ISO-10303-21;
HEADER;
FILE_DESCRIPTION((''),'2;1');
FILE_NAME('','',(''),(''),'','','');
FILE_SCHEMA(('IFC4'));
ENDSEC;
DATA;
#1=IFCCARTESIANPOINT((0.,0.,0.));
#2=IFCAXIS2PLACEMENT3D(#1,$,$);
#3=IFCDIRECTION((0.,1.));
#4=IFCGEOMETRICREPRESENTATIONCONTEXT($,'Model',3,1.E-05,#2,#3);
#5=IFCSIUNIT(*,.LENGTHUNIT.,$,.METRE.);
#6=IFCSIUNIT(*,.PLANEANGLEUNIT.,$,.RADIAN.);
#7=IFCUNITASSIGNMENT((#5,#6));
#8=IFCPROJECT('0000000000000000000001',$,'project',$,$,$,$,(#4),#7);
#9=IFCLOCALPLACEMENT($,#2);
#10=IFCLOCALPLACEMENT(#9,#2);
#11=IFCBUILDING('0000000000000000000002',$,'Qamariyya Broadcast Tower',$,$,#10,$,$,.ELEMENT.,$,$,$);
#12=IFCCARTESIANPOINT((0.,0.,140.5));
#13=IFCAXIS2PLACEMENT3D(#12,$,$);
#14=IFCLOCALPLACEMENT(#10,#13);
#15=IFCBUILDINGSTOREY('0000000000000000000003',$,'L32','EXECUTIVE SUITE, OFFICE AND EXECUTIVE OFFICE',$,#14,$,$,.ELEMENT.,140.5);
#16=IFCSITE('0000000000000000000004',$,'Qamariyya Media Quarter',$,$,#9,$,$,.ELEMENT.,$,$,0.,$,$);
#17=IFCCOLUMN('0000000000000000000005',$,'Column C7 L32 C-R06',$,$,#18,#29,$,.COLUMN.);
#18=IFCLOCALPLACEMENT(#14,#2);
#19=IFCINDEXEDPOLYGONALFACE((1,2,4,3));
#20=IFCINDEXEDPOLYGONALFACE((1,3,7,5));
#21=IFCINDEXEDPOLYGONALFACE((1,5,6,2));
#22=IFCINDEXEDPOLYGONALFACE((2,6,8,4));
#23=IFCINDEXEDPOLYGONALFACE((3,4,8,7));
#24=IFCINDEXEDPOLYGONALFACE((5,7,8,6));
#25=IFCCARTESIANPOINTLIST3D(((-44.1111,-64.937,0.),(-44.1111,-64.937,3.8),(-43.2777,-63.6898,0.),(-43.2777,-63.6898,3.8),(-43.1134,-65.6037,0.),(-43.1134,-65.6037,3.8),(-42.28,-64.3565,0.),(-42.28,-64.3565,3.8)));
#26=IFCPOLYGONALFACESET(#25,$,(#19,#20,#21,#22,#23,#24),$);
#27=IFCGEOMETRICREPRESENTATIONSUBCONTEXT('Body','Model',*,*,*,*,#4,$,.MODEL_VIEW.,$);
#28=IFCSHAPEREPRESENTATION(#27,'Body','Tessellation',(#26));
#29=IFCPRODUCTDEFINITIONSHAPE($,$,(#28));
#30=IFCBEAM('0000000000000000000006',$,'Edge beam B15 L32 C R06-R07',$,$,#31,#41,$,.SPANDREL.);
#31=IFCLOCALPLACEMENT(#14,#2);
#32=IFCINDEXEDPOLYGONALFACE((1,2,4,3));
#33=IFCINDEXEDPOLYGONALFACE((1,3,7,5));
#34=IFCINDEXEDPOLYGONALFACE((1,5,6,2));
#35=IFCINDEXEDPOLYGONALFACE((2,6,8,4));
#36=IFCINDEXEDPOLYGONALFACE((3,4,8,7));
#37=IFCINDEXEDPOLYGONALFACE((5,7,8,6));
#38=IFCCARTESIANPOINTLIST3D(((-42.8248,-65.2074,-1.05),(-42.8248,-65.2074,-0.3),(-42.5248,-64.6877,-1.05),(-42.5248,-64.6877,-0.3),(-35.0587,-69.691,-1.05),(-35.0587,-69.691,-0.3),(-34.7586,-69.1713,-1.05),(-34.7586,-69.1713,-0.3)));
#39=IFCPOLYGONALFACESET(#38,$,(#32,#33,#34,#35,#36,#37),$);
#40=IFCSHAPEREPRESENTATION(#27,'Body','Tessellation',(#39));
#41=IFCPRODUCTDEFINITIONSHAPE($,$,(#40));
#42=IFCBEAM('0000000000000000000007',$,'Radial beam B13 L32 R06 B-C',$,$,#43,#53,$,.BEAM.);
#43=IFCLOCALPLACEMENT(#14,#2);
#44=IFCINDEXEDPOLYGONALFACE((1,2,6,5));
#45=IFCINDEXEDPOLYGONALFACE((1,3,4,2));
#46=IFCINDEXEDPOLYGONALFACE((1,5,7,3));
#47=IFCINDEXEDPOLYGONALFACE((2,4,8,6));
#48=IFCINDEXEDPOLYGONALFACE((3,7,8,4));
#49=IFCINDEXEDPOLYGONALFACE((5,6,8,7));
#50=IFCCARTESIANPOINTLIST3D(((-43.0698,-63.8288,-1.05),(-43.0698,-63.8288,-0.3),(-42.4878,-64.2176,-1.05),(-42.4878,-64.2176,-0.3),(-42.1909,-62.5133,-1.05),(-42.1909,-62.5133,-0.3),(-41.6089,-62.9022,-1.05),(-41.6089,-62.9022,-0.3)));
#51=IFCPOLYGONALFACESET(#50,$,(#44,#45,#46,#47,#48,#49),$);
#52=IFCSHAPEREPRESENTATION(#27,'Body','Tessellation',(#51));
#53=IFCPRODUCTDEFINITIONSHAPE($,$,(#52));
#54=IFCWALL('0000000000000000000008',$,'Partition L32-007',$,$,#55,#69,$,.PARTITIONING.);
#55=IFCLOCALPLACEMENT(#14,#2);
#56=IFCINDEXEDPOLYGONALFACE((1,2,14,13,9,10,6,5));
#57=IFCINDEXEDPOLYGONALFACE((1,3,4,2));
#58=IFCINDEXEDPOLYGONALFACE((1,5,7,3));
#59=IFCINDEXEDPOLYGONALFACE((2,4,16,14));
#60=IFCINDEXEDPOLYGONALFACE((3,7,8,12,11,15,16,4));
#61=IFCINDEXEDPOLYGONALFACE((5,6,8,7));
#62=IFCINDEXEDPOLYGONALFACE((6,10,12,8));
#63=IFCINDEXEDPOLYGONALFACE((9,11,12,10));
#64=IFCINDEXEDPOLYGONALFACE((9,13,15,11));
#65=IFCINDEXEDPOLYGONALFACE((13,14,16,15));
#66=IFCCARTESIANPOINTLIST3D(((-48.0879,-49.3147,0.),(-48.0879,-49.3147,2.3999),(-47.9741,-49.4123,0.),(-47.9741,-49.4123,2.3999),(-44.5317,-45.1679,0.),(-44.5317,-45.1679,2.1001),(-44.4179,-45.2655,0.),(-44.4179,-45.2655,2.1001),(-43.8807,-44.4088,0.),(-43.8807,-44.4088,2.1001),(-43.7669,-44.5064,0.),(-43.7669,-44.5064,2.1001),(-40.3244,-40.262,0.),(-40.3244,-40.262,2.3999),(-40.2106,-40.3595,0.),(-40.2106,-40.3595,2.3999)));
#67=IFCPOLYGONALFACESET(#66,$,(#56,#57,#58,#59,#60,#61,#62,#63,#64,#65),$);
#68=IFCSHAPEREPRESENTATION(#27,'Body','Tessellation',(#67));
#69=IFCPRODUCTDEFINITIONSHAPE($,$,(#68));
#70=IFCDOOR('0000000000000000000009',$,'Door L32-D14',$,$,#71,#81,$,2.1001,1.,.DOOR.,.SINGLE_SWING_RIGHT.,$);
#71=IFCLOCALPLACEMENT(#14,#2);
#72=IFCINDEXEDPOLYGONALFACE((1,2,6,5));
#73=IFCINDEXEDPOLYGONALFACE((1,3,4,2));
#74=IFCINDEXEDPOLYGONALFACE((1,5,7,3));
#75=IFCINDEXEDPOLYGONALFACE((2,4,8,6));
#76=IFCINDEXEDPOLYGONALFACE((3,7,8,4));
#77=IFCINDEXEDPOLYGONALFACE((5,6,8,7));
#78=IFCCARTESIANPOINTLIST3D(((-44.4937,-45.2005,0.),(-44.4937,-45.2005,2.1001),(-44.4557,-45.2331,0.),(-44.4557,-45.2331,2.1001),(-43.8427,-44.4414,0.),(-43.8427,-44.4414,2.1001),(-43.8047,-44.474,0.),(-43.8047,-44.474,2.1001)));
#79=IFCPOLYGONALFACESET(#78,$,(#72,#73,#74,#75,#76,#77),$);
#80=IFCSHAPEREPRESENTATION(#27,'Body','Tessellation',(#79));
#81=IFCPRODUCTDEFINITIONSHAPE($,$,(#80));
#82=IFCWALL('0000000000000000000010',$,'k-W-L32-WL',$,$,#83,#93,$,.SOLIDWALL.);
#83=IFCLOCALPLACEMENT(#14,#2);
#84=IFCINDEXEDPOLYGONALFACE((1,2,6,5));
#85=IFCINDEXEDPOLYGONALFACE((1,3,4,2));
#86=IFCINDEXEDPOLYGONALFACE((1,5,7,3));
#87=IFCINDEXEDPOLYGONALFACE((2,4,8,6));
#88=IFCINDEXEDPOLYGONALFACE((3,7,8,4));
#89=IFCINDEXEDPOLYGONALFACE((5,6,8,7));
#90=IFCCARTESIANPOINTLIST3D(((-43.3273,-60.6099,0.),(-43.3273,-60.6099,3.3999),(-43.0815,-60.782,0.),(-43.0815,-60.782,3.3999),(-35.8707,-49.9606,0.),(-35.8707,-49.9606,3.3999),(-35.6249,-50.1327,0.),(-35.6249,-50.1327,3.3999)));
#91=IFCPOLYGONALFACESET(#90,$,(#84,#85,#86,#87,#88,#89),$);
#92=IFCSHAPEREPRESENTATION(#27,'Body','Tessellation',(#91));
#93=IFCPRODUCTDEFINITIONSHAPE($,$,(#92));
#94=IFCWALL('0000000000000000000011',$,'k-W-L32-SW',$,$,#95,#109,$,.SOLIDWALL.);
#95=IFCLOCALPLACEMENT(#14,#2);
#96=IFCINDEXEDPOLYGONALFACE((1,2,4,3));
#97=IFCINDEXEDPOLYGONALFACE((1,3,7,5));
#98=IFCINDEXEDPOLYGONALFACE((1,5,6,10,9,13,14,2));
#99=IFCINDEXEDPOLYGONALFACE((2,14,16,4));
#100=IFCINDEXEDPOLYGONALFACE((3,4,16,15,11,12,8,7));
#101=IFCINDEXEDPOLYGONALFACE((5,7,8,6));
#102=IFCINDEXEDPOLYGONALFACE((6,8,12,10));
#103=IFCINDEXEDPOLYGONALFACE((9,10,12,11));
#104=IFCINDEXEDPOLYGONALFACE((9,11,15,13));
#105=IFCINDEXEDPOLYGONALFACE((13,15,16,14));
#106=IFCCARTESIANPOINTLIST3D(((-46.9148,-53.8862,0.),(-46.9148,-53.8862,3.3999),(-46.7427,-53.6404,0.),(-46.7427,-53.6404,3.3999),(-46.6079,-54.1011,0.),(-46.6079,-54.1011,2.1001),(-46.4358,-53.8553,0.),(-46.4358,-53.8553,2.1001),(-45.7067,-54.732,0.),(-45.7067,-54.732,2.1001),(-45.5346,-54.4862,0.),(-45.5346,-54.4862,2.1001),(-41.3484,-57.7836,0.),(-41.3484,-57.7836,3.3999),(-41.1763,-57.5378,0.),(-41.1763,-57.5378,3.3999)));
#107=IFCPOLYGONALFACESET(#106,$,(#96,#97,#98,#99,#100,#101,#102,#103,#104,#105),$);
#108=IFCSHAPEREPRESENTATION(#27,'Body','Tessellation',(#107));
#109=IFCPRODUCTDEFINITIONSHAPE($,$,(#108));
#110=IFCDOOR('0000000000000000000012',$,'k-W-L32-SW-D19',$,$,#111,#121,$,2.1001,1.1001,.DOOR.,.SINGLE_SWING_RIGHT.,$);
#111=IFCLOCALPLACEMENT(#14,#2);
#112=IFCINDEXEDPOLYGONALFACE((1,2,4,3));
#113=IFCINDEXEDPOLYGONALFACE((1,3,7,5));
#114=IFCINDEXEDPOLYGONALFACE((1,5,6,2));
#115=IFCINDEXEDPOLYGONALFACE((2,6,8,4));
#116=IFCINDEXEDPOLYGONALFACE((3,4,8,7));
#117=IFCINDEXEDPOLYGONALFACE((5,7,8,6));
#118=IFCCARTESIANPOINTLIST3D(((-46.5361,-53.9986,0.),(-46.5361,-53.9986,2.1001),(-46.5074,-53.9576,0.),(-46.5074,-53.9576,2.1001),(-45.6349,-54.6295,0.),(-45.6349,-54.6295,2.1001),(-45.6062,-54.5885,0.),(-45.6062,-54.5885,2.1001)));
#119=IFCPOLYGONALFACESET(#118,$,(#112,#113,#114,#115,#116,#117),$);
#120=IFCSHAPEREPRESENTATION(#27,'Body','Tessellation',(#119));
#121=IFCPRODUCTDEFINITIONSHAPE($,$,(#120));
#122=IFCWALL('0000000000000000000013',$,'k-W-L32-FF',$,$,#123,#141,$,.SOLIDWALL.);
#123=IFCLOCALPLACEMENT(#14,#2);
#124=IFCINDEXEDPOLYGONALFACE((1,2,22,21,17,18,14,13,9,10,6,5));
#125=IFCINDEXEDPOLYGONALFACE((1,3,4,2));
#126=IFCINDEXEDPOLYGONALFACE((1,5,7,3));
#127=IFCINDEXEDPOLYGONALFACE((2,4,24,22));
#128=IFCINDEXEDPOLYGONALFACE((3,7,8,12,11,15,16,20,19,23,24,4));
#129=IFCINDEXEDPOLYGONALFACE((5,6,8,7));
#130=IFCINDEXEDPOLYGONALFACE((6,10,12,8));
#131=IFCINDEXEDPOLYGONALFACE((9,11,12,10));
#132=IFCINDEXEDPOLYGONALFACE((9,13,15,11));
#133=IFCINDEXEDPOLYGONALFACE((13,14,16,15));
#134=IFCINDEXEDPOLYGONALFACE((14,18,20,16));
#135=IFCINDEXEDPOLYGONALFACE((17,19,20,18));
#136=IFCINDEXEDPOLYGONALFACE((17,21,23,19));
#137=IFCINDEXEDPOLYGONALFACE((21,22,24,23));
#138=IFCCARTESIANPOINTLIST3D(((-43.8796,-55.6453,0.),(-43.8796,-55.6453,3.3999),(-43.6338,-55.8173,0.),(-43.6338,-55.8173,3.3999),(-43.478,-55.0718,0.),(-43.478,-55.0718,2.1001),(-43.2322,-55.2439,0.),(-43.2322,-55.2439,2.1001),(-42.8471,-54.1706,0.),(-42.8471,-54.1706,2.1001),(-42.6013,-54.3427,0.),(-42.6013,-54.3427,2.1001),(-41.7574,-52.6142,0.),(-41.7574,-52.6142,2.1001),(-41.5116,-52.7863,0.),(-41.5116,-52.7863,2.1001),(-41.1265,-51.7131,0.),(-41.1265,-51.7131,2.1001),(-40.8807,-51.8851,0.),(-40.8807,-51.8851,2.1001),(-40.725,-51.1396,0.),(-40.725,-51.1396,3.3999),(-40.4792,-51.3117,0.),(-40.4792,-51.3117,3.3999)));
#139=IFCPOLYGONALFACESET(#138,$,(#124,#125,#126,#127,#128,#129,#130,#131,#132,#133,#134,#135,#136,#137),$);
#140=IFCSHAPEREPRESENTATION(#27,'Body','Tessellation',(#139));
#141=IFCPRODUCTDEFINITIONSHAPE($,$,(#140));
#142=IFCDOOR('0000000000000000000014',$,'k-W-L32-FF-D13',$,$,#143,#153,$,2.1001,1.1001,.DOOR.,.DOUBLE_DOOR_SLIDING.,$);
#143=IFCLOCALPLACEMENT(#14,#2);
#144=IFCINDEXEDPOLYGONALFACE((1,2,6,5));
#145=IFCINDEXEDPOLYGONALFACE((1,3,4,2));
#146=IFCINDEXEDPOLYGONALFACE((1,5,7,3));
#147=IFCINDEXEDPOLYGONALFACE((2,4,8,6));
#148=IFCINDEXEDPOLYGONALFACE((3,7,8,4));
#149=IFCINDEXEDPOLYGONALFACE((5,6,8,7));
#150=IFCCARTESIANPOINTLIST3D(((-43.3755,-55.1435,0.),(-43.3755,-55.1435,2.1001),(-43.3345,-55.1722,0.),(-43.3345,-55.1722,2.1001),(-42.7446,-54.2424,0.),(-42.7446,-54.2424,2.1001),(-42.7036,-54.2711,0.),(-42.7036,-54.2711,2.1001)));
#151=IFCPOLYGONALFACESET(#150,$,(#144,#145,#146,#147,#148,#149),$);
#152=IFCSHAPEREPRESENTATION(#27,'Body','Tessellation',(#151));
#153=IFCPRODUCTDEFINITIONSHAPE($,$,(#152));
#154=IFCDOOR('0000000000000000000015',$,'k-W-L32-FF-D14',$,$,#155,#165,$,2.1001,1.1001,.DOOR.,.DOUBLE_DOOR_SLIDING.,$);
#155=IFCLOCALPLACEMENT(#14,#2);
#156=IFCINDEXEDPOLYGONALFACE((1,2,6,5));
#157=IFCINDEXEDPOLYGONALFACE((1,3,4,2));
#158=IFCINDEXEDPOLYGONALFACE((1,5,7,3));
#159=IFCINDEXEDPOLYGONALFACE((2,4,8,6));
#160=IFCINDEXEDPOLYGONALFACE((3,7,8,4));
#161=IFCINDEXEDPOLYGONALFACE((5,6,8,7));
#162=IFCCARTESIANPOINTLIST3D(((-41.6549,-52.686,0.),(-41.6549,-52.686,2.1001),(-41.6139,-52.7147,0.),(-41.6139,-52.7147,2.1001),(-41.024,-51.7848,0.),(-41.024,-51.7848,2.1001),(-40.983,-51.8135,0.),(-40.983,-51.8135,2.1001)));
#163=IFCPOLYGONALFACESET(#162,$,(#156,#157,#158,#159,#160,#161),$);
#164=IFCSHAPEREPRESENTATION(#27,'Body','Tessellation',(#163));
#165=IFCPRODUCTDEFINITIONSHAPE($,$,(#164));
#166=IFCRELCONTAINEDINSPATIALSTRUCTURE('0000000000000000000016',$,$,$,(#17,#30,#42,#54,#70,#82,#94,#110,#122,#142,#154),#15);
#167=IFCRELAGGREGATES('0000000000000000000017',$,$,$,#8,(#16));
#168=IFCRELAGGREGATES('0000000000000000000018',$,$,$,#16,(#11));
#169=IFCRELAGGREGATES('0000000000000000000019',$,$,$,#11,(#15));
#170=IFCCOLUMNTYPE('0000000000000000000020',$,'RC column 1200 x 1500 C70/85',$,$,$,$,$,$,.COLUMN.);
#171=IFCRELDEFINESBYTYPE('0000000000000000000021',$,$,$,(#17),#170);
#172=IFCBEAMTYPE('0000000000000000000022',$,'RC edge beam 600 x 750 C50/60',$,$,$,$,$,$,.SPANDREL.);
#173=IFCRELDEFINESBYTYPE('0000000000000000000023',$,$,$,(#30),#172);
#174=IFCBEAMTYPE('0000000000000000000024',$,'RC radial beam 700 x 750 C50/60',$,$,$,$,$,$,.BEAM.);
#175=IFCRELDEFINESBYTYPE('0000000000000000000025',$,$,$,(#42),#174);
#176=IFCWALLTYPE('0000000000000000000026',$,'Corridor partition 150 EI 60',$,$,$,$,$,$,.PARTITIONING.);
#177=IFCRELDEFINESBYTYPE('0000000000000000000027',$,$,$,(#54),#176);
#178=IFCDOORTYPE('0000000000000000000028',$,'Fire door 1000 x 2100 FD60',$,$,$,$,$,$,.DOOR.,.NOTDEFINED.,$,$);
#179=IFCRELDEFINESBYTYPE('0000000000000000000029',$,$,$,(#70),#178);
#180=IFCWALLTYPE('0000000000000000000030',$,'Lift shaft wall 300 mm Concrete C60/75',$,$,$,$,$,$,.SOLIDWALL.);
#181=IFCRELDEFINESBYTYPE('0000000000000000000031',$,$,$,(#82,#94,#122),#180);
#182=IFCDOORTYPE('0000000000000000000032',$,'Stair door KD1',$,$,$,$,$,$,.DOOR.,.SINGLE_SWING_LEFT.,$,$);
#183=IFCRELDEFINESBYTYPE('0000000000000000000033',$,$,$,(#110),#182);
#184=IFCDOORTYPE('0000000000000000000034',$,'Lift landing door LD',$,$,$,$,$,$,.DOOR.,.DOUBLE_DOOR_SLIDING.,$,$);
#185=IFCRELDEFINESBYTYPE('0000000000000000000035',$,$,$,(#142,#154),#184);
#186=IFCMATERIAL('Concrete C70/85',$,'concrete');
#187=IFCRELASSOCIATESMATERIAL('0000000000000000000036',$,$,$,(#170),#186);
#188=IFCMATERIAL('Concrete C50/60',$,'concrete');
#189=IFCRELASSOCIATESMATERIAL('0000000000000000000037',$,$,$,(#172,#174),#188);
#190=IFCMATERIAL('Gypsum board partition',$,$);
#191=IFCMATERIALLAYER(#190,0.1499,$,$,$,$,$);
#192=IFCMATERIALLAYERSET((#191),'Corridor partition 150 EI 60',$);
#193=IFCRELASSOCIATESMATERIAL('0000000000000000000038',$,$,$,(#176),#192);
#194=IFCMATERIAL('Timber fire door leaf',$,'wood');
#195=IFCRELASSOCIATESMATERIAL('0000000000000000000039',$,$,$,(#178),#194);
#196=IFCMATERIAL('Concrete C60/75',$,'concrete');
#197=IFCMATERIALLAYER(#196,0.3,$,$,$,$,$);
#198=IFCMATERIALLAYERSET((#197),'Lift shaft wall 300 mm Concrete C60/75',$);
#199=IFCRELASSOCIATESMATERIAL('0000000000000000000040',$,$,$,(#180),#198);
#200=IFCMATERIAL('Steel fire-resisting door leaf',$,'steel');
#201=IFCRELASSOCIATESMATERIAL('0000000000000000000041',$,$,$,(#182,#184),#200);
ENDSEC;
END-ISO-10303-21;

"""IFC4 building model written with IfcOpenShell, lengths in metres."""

from ifc_helpers import new_model, si_unit, direction, frame, frame_2d, origin, origin_2d, place, context, subcontext, project, spatial, rectangle, extrude, material, layer, layer_set, material_profile, profile_set, type_object, element, fill, save


model = new_model("IFC4")

# Units and contexts
model_context = context("Model", 3, precision=1e-05, world=origin(), true_north=direction((0.0, 1.0)))
body_context = subcontext(model_context, "Body", "Model", "MODEL_VIEW")
ifc_project = project(units=[si_unit("LENGTHUNIT", "METRE"), si_unit("PLANEANGLEUNIT", "RADIAN")], contexts=[model_context])

# Site, building, storey
site_placement = place(None, origin())
site = spatial("IfcSite", under=ifc_project, at=site_placement, Name="Qamariyya Media Quarter", CompositionType="ELEMENT", RefElevation=0.0)
building_placement = place(site_placement, origin())
building = spatial("IfcBuilding", under=site, at=building_placement, Name="Qamariyya Broadcast Tower", CompositionType="ELEMENT")
storey_placement = place(building_placement, frame((0.0, 0.0, 140.5)))
storey = spatial("IfcBuildingStorey", under=building, at=storey_placement, Name="L32", Description="EXECUTIVE SUITE, OFFICE AND EXECUTIVE OFFICE", CompositionType="ELEMENT", Elevation=140.5)

# Column
ifc_material_1 = material(Name="Concrete C70/85", Category="concrete")
ifc_material_profile_1 = material_profile(ifc_material_1, rectangle(XDim=1.2, YDim=1.5, at=origin_2d()))
ifc_profile_set_1 = profile_set([ifc_material_profile_1], Name="Concrete C70/85")
column_type = type_object("IfcColumnType", Name="RC column 1200 x 1500 C70/85", PredefinedType="COLUMN", material=ifc_profile_set_1)
column_placement = place(storey_placement, frame((-43.1956, -64.6467, 0.0), z_axis=(0.0, 0.0, 1.0), x_axis=(0.83147, -0.55557, 0.0)))
element("IfcColumn", 1, at=column_placement, inside=storey, type_object=column_type, Name="Column C7 L32 C-R06", PredefinedType="COLUMN", context=body_context, shape_type="SweptSolid", body=[
    extrude(rectangle(XDim=1.2, YDim=1.5, at=origin_2d()), origin(), (0.0, 0.0, 1.0), 3.8),
])

# Beams
ifc_material_2 = material(Name="Concrete C50/60", Category="concrete")
ifc_material_profile_2 = material_profile(ifc_material_2, rectangle(XDim=0.6001, YDim=0.75, at=origin_2d()))
ifc_profile_set_2 = profile_set([ifc_material_profile_2], Name="Concrete C50/60")
beam_type_1 = type_object("IfcBeamType", Name="RC edge beam 600 x 750 C50/60", PredefinedType="SPANDREL", material=ifc_profile_set_2)
beam_1_placement = place(storey_placement, frame((-42.6748, -64.9475, -0.675), z_axis=(0.866031, -0.49999, 0.0), x_axis=(0.49999, 0.866031, 0.0)))
element("IfcBeam", 2, at=beam_1_placement, inside=storey, type_object=beam_type_1, Name="Edge beam B15 L32 C R06-R07", PredefinedType="SPANDREL", context=body_context, shape_type="SweptSolid", body=[
    extrude(rectangle(XDim=0.6001, YDim=0.75, at=origin_2d()), origin(), (0.0, 0.0, 1.0), 8.9675),
])
ifc_material_profile_3 = material_profile(ifc_material_2, rectangle(XDim=0.7, YDim=0.75, at=origin_2d()))
ifc_profile_set_3 = profile_set([ifc_material_profile_3], Name="Concrete C50/60")
beam_type_2 = type_object("IfcBeamType", Name="RC radial beam 700 x 750 C50/60", PredefinedType="BEAM", material=ifc_profile_set_3)
beam_2_placement = place(storey_placement, frame((-41.8999, -62.7078, -0.675), z_axis=(-0.555555, -0.83148, 0.0), x_axis=(0.83148, -0.555555, 0.0)))
element("IfcBeam", 3, at=beam_2_placement, inside=storey, type_object=beam_type_2, Name="Radial beam B13 L32 R06 B-C", PredefinedType="BEAM", context=body_context, shape_type="SweptSolid", body=[
    extrude(rectangle(XDim=0.7, YDim=0.75, at=origin_2d()), origin(), (0.0, 0.0, 1.0), 1.582),
])

# Wall, opening, door
ifc_material_3 = material(Name="Gypsum board partition")
ifc_layer_1 = layer(ifc_material_3, 0.1499)
ifc_layer_set_1 = layer_set([ifc_layer_1], Name="Corridor partition 150 EI 60")
wall_type_1 = type_object("IfcWallType", Name="Corridor partition 150 EI 60", PredefinedType="PARTITIONING", material=ifc_layer_set_1)
wall_1_placement = place(storey_placement, frame((-48.031, -49.3635, 0.0), z_axis=(0.0, 0.0, 1.0), x_axis=(0.650982, 0.759093, 0.0)))
wall_1 = element("IfcWall", 4, at=wall_1_placement, inside=storey, type_object=wall_type_1, Name="Partition L32-007", PredefinedType="PARTITIONING", context=body_context, shape_type="SweptSolid", body=[
    extrude(rectangle(XDim=11.9258, YDim=0.1499, at=frame_2d((5.9629, 0.0))), origin(), (0.0, 0.0, 1.0), 2.3999),
])
opening_1_placement = place(wall_1_placement, frame((5.4629, 0.0, 0.0)))
opening_1 = element("IfcOpeningElement", 5, at=opening_1_placement, cuts=wall_1, PredefinedType="OPENING", context=body_context, shape_type="SweptSolid", body=[
    extrude(rectangle(XDim=1.0, YDim=2.1001, at=frame_2d((0.5, 1.05))), frame((0.0, 0.085, 0.0), z_axis=(0.0, -1.0, 0.0), x_axis=(1.0, 0.0, 0.0)), (0.0, 0.0, 1.0), 0.1699),
])
ifc_material_4 = material(Name="Timber fire door leaf", Category="wood")
door_type_1 = type_object("IfcDoorType", Name="Fire door 1000 x 2100 FD60", OperationType="NOTDEFINED", PredefinedType="DOOR", material=ifc_material_4)
door_1_placement = place(opening_1_placement, origin())
door_1 = element("IfcDoor", 6, at=door_1_placement, inside=storey, type_object=door_type_1, Name="Door L32-D14", OperationType="SINGLE_SWING_RIGHT", OverallHeight=2.1001, OverallWidth=1.0, PredefinedType="DOOR", context=body_context, shape_type="SweptSolid", body=[
    extrude(rectangle(XDim=1.0, YDim=2.1001, at=frame_2d((0.5, 1.05))), frame((0.0, 0.0249, 0.0), z_axis=(0.0, -1.0, 0.0), x_axis=(1.0, 0.0, 0.0)), (0.0, 0.0, 1.0), 0.05),
])
fill(opening_1, door_1)

# Wall
ifc_material_5 = material(Name="Concrete C60/75", Category="concrete")
ifc_layer_2 = layer(ifc_material_5, 0.3)
ifc_layer_set_2 = layer_set([ifc_layer_2], Name="Lift shaft wall 300 mm Concrete C60/75")
wall_type_2 = type_object("IfcWallType", Name="Lift shaft wall 300 mm Concrete C60/75", PredefinedType="SOLIDWALL", material=ifc_layer_set_2)
wall_2_placement = place(storey_placement, frame((-43.2043, -60.6958, 0.0), z_axis=(0.0, 0.0, 1.0), x_axis=(0.573572, 0.819155, 0.0)))
element("IfcWall", 7, at=wall_2_placement, inside=storey, type_object=wall_type_2, Name="k-W-L32-WL", PredefinedType="SOLIDWALL", context=body_context, shape_type="SweptSolid", body=[
    extrude(rectangle(XDim=13.0002, YDim=0.3, at=frame_2d((6.5, 0.0))), origin(), (0.0, 0.0, 1.0), 3.3999),
])

# Wall, opening, door
wall_3_placement = place(storey_placement, frame((-41.2625, -57.6606, 0.0), z_axis=(0.0, 0.0, 1.0), x_axis=(-0.819164, 0.573559, 0.0)))
wall_3 = element("IfcWall", 8, at=wall_3_placement, inside=storey, type_object=wall_type_2, Name="k-W-L32-SW", PredefinedType="SOLIDWALL", context=body_context, shape_type="SweptSolid", body=[
    extrude(rectangle(XDim=6.7952, YDim=0.3, at=frame_2d((3.3975, 0.0))), origin(), (0.0, 0.0, 1.0), 3.3999),
])
opening_2_placement = place(wall_3_placement, frame((5.3203, 0.0, 0.0)))
opening_2 = element("IfcOpeningElement", 9, at=opening_2_placement, cuts=wall_3, PredefinedType="OPENING", context=body_context, shape_type="SweptSolid", body=[
    extrude(rectangle(XDim=1.1001, YDim=2.1001, at=frame_2d((0.55, 1.05))), frame((0.0, 0.1599, 0.0), z_axis=(0.0, -1.0, 0.0), x_axis=(1.0, 0.0, 0.0)), (0.0, 0.0, 1.0), 0.3201),
])
ifc_material_6 = material(Name="Steel fire-resisting door leaf", Category="steel")
door_type_2 = type_object("IfcDoorType", Name="Stair door KD1", OperationType="SINGLE_SWING_LEFT", PredefinedType="DOOR", material=ifc_material_6)
door_2_placement = place(opening_2_placement, origin())
door_2 = element("IfcDoor", 10, at=door_2_placement, inside=storey, type_object=door_type_2, Name="k-W-L32-SW-D19", OperationType="SINGLE_SWING_RIGHT", OverallHeight=2.1001, OverallWidth=1.1001, PredefinedType="DOOR", context=body_context, shape_type="SweptSolid", body=[
    extrude(rectangle(XDim=1.1001, YDim=2.1001, at=frame_2d((0.55, 1.05))), frame((0.0, 0.0249, 0.0), z_axis=(0.0, -1.0, 0.0), x_axis=(1.0, 0.0, 0.0)), (0.0, 0.0, 1.0), 0.05),
])
fill(opening_2, door_2)

# Wall, openings, doors
wall_4_placement = place(storey_placement, frame((-43.7566, -55.7312, 0.0), z_axis=(0.0, 0.0, 1.0), x_axis=(0.573537, 0.81918, 0.0)))
wall_4 = element("IfcWall", 11, at=wall_4_placement, inside=storey, type_object=wall_type_2, Name="k-W-L32-FF", PredefinedType="SOLIDWALL", context=body_context, shape_type="SweptSolid", body=[
    extrude(rectangle(XDim=5.5002, YDim=0.3, at=frame_2d((2.75, 0.0))), origin(), (0.0, 0.0, 1.0), 3.3999),
])
opening_3_placement = place(wall_4_placement, frame((0.7, 0.0, 0.0)))
opening_3 = element("IfcOpeningElement", 12, at=opening_3_placement, cuts=wall_4, PredefinedType="OPENING", context=body_context, shape_type="SweptSolid", body=[
    extrude(rectangle(XDim=1.1001, YDim=2.1001, at=frame_2d((0.55, 1.05))), frame((0.0, 0.1599, 0.0), z_axis=(0.0, -1.0, 0.0), x_axis=(1.0, 0.0, 0.0)), (0.0, 0.0, 1.0), 0.3201),
])
opening_4_placement = place(wall_4_placement, frame((3.7, 0.0, 0.0)))
opening_4 = element("IfcOpeningElement", 13, at=opening_4_placement, cuts=wall_4, PredefinedType="OPENING", context=body_context, shape_type="SweptSolid", body=[
    extrude(rectangle(XDim=1.1001, YDim=2.1001, at=frame_2d((0.55, 1.05))), frame((0.0, 0.1599, 0.0), z_axis=(0.0, -1.0, 0.0), x_axis=(1.0, 0.0, 0.0)), (0.0, 0.0, 1.0), 0.3201),
])
door_type_3 = type_object("IfcDoorType", Name="Lift landing door LD", OperationType="DOUBLE_DOOR_SLIDING", PredefinedType="DOOR", material=ifc_material_6)
door_3_placement = place(opening_3_placement, origin())
door_3 = element("IfcDoor", 14, at=door_3_placement, inside=storey, type_object=door_type_3, Name="k-W-L32-FF-D13", OperationType="DOUBLE_DOOR_SLIDING", OverallHeight=2.1001, OverallWidth=1.1001, PredefinedType="DOOR", context=body_context, shape_type="SweptSolid", body=[
    extrude(rectangle(XDim=1.1001, YDim=2.1001, at=frame_2d((0.55, 1.05))), frame((0.0, 0.0249, 0.0), z_axis=(0.0, -1.0, 0.0), x_axis=(1.0, 0.0, 0.0)), (0.0, 0.0, 1.0), 0.05),
])
fill(opening_3, door_3)
door_4_placement = place(opening_4_placement, origin())
door_4 = element("IfcDoor", 15, at=door_4_placement, inside=storey, type_object=door_type_3, Name="k-W-L32-FF-D14", OperationType="DOUBLE_DOOR_SLIDING", OverallHeight=2.1001, OverallWidth=1.1001, PredefinedType="DOOR", context=body_context, shape_type="SweptSolid", body=[
    extrude(rectangle(XDim=1.1001, YDim=2.1001, at=frame_2d((0.55, 1.05))), frame((0.0, 0.0249, 0.0), z_axis=(0.0, -1.0, 0.0), x_axis=(1.0, 0.0, 0.0)), (0.0, 0.0, 1.0), 0.05),
])
fill(opening_4, door_4)

save(model, "model.ifc")
